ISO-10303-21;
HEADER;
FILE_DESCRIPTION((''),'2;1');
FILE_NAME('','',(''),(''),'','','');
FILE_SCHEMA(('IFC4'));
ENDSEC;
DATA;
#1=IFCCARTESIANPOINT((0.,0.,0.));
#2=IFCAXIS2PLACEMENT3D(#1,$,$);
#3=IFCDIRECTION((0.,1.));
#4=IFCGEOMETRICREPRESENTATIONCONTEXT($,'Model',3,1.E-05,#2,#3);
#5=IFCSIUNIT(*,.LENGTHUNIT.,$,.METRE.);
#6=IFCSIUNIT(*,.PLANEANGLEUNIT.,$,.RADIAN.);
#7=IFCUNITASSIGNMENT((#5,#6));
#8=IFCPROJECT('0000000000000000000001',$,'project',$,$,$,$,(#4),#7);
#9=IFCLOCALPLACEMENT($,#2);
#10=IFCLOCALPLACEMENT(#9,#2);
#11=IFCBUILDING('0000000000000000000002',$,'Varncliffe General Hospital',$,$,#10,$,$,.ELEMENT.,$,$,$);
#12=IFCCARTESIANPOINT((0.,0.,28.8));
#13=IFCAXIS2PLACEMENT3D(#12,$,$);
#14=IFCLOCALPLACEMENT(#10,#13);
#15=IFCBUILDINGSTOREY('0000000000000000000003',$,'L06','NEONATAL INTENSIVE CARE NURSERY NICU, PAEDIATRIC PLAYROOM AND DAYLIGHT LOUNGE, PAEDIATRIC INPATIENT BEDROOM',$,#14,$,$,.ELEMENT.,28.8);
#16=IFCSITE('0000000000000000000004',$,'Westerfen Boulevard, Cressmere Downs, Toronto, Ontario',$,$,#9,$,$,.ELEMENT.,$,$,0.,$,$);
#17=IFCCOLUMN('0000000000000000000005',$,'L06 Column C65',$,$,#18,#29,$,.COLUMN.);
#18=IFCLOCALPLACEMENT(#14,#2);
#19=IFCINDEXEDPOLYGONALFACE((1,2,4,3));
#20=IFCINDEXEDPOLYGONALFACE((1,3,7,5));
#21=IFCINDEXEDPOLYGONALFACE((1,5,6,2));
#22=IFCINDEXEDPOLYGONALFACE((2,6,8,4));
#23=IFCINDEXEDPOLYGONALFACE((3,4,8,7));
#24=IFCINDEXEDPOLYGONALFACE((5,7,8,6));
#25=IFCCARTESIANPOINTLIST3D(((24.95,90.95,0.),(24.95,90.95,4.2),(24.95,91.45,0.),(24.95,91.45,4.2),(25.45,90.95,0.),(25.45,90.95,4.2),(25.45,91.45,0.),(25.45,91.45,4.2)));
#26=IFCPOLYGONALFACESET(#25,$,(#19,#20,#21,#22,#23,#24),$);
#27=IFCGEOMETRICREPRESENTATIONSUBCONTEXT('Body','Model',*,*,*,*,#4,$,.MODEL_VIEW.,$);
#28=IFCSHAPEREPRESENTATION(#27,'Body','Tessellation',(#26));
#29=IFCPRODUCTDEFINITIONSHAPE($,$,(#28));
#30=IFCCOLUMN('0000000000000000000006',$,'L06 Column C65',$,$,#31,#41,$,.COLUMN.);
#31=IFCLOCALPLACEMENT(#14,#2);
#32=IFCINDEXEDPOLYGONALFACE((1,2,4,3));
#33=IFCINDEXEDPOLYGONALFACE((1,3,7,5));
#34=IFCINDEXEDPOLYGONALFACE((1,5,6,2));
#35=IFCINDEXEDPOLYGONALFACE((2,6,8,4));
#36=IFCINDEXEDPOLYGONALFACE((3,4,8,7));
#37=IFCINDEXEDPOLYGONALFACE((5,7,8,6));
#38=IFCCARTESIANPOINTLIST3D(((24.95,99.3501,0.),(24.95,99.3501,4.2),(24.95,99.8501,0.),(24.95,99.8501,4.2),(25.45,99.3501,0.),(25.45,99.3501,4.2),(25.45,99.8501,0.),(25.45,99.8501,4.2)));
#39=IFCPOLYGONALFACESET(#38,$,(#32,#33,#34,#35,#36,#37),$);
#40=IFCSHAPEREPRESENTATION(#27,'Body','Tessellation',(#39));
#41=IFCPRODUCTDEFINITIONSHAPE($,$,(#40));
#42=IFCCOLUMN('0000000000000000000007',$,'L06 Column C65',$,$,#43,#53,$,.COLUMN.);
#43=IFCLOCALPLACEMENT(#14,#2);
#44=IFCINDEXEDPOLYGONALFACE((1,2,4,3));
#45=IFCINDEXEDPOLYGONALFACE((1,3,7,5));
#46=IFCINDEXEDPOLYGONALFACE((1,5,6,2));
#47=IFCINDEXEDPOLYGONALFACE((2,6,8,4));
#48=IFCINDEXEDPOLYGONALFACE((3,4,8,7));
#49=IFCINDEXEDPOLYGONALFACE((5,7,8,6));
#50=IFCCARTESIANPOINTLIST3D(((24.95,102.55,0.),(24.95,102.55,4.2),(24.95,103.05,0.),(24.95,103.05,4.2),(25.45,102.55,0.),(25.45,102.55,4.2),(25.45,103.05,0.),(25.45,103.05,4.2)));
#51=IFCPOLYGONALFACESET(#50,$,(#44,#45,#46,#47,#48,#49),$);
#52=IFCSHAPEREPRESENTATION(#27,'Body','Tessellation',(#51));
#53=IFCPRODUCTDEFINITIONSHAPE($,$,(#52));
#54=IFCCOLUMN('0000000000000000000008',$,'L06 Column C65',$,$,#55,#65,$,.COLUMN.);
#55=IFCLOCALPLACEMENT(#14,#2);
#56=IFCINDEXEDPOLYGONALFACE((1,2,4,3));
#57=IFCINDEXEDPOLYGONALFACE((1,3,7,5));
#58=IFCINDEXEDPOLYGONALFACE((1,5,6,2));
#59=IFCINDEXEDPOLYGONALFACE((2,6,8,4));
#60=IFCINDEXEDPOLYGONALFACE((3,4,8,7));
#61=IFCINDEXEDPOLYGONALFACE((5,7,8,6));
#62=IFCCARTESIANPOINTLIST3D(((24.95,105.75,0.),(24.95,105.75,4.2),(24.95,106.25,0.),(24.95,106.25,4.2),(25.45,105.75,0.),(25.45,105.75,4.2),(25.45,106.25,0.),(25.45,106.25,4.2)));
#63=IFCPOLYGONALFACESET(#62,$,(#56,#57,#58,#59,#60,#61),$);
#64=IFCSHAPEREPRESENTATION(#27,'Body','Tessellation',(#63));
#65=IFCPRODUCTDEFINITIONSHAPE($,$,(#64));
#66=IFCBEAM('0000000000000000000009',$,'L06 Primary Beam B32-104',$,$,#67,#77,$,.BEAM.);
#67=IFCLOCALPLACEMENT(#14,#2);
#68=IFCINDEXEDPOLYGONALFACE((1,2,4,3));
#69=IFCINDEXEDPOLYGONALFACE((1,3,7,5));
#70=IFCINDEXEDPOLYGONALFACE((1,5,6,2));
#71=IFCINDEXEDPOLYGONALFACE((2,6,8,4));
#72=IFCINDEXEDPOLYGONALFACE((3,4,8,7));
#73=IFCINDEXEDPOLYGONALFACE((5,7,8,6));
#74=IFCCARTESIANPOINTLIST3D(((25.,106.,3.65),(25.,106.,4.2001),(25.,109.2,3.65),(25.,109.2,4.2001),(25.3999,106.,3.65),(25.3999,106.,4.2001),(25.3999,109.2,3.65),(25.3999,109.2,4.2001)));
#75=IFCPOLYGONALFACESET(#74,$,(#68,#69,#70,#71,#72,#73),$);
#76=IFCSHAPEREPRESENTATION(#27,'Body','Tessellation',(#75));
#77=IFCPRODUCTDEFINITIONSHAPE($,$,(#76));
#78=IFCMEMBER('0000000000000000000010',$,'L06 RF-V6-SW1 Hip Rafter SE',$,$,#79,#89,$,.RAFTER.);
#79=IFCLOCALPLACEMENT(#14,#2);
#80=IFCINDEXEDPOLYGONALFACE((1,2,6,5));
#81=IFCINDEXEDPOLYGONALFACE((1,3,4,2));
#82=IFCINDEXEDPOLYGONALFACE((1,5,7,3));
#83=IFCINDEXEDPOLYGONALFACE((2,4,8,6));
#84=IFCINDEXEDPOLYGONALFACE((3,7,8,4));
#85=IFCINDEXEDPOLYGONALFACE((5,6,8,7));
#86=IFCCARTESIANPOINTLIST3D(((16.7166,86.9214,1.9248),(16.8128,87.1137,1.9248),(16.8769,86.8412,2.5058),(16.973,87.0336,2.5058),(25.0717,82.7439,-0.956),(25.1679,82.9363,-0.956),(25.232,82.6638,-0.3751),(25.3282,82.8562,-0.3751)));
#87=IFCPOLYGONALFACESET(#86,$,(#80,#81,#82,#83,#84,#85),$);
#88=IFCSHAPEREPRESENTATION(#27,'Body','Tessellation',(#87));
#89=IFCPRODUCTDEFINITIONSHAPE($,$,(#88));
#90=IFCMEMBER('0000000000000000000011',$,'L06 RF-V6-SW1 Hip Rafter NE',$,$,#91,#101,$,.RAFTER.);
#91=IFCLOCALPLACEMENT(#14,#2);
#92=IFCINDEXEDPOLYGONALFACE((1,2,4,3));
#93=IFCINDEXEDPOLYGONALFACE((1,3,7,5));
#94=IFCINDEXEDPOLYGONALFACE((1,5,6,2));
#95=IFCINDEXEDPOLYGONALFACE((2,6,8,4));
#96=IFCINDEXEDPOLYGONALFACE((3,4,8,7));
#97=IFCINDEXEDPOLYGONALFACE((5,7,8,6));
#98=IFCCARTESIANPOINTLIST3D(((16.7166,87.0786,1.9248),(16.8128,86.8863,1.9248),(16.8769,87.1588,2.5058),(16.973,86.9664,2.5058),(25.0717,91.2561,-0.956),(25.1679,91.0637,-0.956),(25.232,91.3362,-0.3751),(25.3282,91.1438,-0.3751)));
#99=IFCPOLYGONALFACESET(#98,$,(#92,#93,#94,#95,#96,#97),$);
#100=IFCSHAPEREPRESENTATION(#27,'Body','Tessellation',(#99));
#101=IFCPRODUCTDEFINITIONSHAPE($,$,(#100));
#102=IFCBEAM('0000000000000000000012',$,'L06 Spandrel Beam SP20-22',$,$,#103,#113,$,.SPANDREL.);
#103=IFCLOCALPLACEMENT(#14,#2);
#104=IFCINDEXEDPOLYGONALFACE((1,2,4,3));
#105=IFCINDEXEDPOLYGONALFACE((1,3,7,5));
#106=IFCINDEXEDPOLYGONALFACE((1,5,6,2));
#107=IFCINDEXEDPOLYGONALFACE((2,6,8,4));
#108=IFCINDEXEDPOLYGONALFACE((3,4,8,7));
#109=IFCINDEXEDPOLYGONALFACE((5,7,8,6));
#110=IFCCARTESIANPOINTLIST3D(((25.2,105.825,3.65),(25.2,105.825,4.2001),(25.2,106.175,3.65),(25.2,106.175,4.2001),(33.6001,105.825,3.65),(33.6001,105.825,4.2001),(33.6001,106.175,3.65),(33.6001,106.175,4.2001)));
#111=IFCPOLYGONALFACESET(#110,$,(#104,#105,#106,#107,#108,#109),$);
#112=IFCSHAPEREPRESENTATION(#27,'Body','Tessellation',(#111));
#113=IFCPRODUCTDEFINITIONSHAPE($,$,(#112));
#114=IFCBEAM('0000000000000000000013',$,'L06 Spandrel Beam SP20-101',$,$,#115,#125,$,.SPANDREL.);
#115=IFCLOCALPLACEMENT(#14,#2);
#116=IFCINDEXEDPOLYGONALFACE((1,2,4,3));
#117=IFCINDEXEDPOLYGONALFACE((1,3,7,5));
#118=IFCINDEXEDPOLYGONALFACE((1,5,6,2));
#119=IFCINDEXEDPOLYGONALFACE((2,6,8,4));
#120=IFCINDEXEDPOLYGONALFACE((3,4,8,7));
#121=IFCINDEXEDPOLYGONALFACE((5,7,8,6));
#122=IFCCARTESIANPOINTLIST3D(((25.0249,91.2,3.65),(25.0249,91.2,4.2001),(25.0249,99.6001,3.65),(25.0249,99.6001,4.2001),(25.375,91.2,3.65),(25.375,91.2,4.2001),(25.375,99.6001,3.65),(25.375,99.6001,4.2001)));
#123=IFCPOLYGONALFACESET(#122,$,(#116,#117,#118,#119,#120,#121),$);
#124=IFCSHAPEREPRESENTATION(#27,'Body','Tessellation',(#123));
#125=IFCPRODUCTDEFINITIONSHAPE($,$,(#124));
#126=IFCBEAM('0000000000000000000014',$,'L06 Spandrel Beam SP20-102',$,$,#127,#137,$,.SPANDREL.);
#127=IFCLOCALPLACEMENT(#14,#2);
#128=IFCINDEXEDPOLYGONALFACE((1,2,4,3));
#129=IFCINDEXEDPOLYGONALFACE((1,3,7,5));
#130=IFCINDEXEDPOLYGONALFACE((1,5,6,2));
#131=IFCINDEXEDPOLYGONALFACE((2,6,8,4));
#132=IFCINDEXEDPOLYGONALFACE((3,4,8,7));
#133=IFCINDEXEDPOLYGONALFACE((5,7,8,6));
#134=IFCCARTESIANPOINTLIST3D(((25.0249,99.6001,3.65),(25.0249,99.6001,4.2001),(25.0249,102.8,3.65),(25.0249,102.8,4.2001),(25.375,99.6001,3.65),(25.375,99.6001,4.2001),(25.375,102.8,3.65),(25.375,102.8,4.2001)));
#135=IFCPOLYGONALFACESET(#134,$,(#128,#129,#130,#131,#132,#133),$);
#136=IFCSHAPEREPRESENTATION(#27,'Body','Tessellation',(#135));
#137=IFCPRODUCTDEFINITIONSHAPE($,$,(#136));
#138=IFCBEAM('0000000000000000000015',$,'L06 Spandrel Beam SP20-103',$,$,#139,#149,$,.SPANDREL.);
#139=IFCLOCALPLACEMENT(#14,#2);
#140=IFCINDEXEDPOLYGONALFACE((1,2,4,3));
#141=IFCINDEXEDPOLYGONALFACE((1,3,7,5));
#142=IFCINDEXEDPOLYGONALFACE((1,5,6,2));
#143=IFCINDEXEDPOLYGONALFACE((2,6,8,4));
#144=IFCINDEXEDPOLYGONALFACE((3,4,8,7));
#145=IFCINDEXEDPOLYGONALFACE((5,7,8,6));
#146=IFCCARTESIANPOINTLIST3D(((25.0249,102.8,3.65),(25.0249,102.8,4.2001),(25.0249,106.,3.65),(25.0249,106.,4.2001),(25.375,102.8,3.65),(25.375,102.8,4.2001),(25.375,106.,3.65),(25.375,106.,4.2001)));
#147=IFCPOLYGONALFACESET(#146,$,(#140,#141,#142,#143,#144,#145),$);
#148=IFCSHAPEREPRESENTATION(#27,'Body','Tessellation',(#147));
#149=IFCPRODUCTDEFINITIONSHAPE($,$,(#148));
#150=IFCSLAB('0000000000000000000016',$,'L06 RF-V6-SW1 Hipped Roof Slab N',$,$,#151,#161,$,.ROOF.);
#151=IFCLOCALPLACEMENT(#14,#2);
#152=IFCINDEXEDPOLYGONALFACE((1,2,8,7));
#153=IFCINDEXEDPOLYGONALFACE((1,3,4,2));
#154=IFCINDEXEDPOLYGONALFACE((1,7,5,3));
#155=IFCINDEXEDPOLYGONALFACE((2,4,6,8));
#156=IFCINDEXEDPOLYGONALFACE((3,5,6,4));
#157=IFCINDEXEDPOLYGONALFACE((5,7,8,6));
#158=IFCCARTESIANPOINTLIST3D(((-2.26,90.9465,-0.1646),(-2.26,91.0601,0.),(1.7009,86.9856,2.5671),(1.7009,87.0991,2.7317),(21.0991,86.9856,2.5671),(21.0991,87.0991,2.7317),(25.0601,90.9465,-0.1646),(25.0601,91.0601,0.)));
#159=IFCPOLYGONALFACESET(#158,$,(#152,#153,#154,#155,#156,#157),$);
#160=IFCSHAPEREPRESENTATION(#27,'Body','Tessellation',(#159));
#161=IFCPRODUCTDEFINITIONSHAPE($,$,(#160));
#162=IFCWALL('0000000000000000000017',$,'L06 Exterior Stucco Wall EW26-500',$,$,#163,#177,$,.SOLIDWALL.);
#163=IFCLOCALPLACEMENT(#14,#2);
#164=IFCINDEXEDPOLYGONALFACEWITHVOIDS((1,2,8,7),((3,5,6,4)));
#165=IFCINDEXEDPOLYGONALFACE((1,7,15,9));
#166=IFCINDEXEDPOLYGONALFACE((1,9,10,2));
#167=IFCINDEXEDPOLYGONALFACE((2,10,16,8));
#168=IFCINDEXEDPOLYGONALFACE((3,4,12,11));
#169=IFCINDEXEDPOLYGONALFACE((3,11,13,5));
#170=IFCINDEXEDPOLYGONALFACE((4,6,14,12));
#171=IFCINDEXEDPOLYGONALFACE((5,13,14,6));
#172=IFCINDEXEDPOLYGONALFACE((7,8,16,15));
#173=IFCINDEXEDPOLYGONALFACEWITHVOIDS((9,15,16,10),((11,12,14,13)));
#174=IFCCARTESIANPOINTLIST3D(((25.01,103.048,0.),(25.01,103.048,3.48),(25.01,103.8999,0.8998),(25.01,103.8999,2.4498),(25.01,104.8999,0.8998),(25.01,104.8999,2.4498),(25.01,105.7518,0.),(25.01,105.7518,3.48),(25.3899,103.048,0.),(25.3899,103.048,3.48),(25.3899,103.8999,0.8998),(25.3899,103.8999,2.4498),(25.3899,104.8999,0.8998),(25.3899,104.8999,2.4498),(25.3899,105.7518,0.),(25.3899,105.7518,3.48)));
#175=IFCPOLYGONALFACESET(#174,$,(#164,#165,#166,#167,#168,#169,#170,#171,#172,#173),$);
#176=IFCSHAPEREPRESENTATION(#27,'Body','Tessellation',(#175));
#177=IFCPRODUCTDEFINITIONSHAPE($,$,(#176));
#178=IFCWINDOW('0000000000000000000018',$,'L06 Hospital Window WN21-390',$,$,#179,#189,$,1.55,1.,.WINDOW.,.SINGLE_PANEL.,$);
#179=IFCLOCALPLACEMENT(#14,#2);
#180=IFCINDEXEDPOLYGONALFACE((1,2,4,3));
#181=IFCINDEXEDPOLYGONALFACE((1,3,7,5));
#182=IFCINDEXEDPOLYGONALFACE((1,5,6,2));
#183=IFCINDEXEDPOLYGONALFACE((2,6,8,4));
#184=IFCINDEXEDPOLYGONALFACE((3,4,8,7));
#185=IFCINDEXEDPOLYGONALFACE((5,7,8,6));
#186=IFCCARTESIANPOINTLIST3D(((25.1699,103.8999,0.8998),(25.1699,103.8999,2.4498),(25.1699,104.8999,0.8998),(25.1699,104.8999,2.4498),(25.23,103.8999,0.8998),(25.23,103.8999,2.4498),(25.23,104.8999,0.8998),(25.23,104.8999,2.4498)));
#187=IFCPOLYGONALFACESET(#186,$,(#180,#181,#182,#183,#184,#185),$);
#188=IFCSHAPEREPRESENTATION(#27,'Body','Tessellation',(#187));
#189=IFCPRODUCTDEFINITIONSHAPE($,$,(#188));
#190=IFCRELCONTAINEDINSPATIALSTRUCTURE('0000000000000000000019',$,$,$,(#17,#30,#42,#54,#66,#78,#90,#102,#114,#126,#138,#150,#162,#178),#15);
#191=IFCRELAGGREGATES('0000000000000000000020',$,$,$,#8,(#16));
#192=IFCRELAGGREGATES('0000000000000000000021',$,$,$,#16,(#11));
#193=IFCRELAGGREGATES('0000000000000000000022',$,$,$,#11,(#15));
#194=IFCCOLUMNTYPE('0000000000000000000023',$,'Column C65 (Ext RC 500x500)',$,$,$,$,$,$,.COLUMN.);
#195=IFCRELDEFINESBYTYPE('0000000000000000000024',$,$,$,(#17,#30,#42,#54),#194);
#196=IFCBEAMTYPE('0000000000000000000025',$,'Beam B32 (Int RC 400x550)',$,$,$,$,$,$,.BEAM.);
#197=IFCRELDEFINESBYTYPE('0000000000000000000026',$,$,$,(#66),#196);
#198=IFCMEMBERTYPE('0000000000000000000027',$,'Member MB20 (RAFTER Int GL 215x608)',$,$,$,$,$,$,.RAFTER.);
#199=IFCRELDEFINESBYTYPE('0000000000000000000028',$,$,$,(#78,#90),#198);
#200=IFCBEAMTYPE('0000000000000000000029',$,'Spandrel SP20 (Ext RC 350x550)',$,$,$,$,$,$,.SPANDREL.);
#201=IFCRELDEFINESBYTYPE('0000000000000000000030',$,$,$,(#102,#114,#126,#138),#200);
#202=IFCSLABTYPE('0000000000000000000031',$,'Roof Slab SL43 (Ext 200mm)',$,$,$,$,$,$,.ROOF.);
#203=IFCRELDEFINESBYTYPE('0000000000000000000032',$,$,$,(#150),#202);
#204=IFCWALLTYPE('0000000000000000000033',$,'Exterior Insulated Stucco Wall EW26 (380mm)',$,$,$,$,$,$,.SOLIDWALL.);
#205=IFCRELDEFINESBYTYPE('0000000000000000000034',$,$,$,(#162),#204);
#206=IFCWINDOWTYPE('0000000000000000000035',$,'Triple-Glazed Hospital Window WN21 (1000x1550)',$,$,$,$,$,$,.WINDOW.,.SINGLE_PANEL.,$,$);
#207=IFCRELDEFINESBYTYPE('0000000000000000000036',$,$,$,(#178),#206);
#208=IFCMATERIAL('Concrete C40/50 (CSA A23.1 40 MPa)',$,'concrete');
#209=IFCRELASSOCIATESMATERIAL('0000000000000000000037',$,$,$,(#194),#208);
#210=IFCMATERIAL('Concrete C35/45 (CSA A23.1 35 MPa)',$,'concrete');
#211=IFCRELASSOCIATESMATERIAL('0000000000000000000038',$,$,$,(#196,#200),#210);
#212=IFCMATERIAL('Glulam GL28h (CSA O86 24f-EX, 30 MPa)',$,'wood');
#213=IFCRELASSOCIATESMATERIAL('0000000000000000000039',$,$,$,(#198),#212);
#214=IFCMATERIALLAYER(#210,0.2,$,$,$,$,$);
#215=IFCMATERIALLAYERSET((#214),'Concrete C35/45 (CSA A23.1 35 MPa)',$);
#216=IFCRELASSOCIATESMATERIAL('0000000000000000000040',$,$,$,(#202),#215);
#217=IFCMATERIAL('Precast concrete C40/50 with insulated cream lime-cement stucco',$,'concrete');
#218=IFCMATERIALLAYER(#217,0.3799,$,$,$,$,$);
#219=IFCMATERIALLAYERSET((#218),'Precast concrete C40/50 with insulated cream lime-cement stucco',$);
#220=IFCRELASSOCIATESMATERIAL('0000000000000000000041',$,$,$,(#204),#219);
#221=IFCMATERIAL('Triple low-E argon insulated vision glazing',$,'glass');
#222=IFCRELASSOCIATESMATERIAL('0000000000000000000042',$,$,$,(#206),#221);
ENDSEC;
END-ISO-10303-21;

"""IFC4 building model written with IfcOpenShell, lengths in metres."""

from ifc_helpers import new_model, si_unit, direction, frame, frame_2d, origin, origin_2d, place, context, subcontext, project, spatial, polyline, rectangle, outline, extrude, material, layer, layer_set, material_profile, profile_set, type_object, element, fill, save


model = new_model("IFC4")

# Units and contexts
model_context = context("Model", 3, precision=1e-05, world=origin(), true_north=direction((0.0, 1.0)))
body_context = subcontext(model_context, "Body", "Model", "MODEL_VIEW")
ifc_project = project(units=[si_unit("LENGTHUNIT", "METRE"), si_unit("PLANEANGLEUNIT", "RADIAN")], contexts=[model_context])

# Site, building, storey
site_placement = place(None, origin())
site = spatial("IfcSite", under=ifc_project, at=site_placement, Name="Westerfen Boulevard, Cressmere Downs, Toronto, Ontario", CompositionType="ELEMENT", RefElevation=0.0)
building_placement = place(site_placement, origin())
building = spatial("IfcBuilding", under=site, at=building_placement, Name="Varncliffe General Hospital", CompositionType="ELEMENT")
storey_placement = place(building_placement, frame((0.0, 0.0, 28.8)))
storey = spatial("IfcBuildingStorey", under=building, at=storey_placement, Name="L06", Description="NEONATAL INTENSIVE CARE NURSERY NICU, PAEDIATRIC PLAYROOM AND DAYLIGHT LOUNGE, PAEDIATRIC INPATIENT BEDROOM", CompositionType="ELEMENT", Elevation=28.8)

# Columns
ifc_material_1 = material(Name="Concrete C40/50 (CSA A23.1 40 MPa)", Category="concrete")
ifc_material_profile_1 = material_profile(ifc_material_1, rectangle(XDim=0.5, YDim=0.5, at=origin_2d()), Name="RC 500x500")
ifc_profile_set_1 = profile_set([ifc_material_profile_1], Name="Concrete C40/50 (CSA A23.1 40 MPa)")
column_type = type_object("IfcColumnType", Name="Column C65 (Ext RC 500x500)", PredefinedType="COLUMN", material=ifc_profile_set_1)
for number, where, z_axis, x_axis, name in (
    (1, (25.2, 91.2, 0.0), (0.0, 0.0, 1.0), (1.0, 0.0, 0.0), "L06 Column C65"),
    (2, (25.2, 99.6001, 0.0), (0.0, 0.0, 1.0), (1.0, 0.0, 0.0), "L06 Column C65"),
    (3, (25.2, 102.8, 0.0), (0.0, 0.0, 1.0), (1.0, 0.0, 0.0), "L06 Column C65"),
    (4, (25.2, 106.0, 0.0), (0.0, 0.0, 1.0), (1.0, 0.0, 0.0), "L06 Column C65"),
):
    element("IfcColumn", number, at=place(storey_placement, frame(where, z_axis=z_axis, x_axis=x_axis)), inside=storey, type_object=column_type, Name=name, PredefinedType="COLUMN", context=body_context, shape_type="SweptSolid", body=[
        extrude(rectangle(XDim=0.5, YDim=0.5, at=origin_2d()), origin(), (0.0, 0.0, 1.0), 4.2),
    ])

# Beam
ifc_material_2 = material(Name="Concrete C35/45 (CSA A23.1 35 MPa)", Category="concrete")
ifc_material_profile_2 = material_profile(ifc_material_2, rectangle(XDim=0.3999, YDim=0.55, at=origin_2d()), Name="RC 400x550")
ifc_profile_set_2 = profile_set([ifc_material_profile_2], Name="Concrete C35/45 (CSA A23.1 35 MPa)")
beam_type_1 = type_object("IfcBeamType", Name="Beam B32 (Int RC 400x550)", PredefinedType="BEAM", material=ifc_profile_set_2)
beam_placement = place(storey_placement, frame((25.2, 106.0, 3.925), z_axis=(0.0, 1.0, 0.0), x_axis=(-1.0, 0.0, 0.0)))
element("IfcBeam", 5, at=beam_placement, inside=storey, type_object=beam_type_1, Name="L06 Primary Beam B32-104", PredefinedType="BEAM", context=body_context, shape_type="SweptSolid", body=[
    extrude(rectangle(XDim=0.3999, YDim=0.55, at=origin_2d()), origin(), (0.0, 0.0, 1.0), 3.2),
])

# Members
ifc_material_3 = material(Name="Glulam GL28h (CSA O86 24f-EX, 30 MPa)", Category="wood")
ifc_material_profile_3 = material_profile(ifc_material_3, rectangle(XDim=0.2151, YDim=0.6079, at=origin_2d()), Name="GL 215x608")
ifc_profile_set_3 = profile_set([ifc_material_profile_3], Name="Glulam GL28h (CSA O86 24f-EX, 30 MPa)")
member_type = type_object("IfcMemberType", Name="Member MB20 (RAFTER Int GL 215x608)", PredefinedType="RAFTER", material=ifc_profile_set_3)
for number, where, z_axis, x_axis, name in (
    (6, (25.2, 82.8, -0.6655), (-0.85471, 0.427343, 0.294702), (-0.447203, -0.894432, 0.0), "L06 RF-V6-SW1 Hip Rafter SE"),
    (7, (25.2, 91.2, -0.6655), (-0.85471, -0.427343, 0.294702), (0.447203, -0.894432, 0.0), "L06 RF-V6-SW1 Hip Rafter NE"),
):
    element("IfcMember", number, at=place(storey_placement, frame(where, z_axis=z_axis, x_axis=x_axis)), inside=storey, type_object=member_type, Name=name, PredefinedType="RAFTER", context=body_context, shape_type="SweptSolid", body=[
        extrude(rectangle(XDim=0.2151, YDim=0.6079, at=origin_2d()), origin(), (0.0, 0.0, 1.0), 9.7754),
    ])

# Beams
ifc_material_profile_4 = material_profile(ifc_material_2, rectangle(XDim=0.3501, YDim=0.55, at=origin_2d()), Name="RC 350x550")
ifc_profile_set_4 = profile_set([ifc_material_profile_4], Name="Concrete C35/45 (CSA A23.1 35 MPa)")
beam_type_2 = type_object("IfcBeamType", Name="Spandrel SP20 (Ext RC 350x550)", PredefinedType="SPANDREL", material=ifc_profile_set_4)
for number, where, z_axis, x_axis, name in (
    (8, (25.2, 106.0, 3.925), (1.0, 0.0, 0.0), (0.0, 1.0, 0.0), "L06 Spandrel Beam SP20-22"),
    (9, (25.2, 91.2, 3.925), (0.0, 1.0, 0.0), (-1.0, 0.0, 0.0), "L06 Spandrel Beam SP20-101"),
):
    element("IfcBeam", number, at=place(storey_placement, frame(where, z_axis=z_axis, x_axis=x_axis)), inside=storey, type_object=beam_type_2, Name=name, PredefinedType="SPANDREL", context=body_context, shape_type="SweptSolid", body=[
        extrude(rectangle(XDim=0.3501, YDim=0.55, at=origin_2d()), origin(), (0.0, 0.0, 1.0), 8.4001),
    ])
for number, where, z_axis, x_axis, name in (
    (10, (25.2, 99.6001, 3.925), (0.0, 1.0, 0.0), (-1.0, 0.0, 0.0), "L06 Spandrel Beam SP20-102"),
    (11, (25.2, 102.8, 3.925), (0.0, 1.0, 0.0), (-1.0, 0.0, 0.0), "L06 Spandrel Beam SP20-103"),
):
    element("IfcBeam", number, at=place(storey_placement, frame(where, z_axis=z_axis, x_axis=x_axis)), inside=storey, type_object=beam_type_2, Name=name, PredefinedType="SPANDREL", context=body_context, shape_type="SweptSolid", body=[
        extrude(rectangle(XDim=0.3501, YDim=0.55, at=origin_2d()), origin(), (0.0, 0.0, 1.0), 3.2),
    ])

# Slab
ifc_layer_1 = layer(ifc_material_2, 0.2)
ifc_layer_set_1 = layer_set([ifc_layer_1], Name="Concrete C35/45 (CSA A23.1 35 MPa)")
slab_type = type_object("IfcSlabType", Name="Roof Slab SL43 (Ext 200mm)", PredefinedType="ROOF", material=ifc_layer_set_1)
slab_placement = place(storey_placement, frame((25.0601, 91.0601, 0.0), z_axis=(0.0, 0.567734, 0.823212), x_axis=(-1.0, 0.0, 0.0)))
element("IfcSlab", 12, at=slab_placement, inside=storey, type_object=slab_type, Name="L06 RF-V6-SW1 Hipped Roof Slab N", PredefinedType="ROOF", context=body_context, shape_type="SweptSolid", body=[
    extrude(outline(polyline([(0.0, 0.0), (27.3201, 0.0), (23.3591, 4.8116), (3.9609, 4.8116), (0.0, 0.0)])), origin(), (0.0, 0.0, -1.0), 0.2),
])

# Wall, opening, window
ifc_material_4 = material(Name="Precast concrete C40/50 with insulated cream lime-cement stucco", Category="concrete")
ifc_layer_2 = layer(ifc_material_4, 0.3799)
ifc_layer_set_2 = layer_set([ifc_layer_2], Name="Precast concrete C40/50 with insulated cream lime-cement stucco")
wall_type_1 = type_object("IfcWallType", Name="Exterior Insulated Stucco Wall EW26 (380mm)", PredefinedType="SOLIDWALL", material=ifc_layer_set_2)
wall_1_placement = place(storey_placement, frame((25.2, 105.752, 0.0), z_axis=(0.0, 0.0, 1.0), x_axis=(0.0, -1.0, 0.0)))
wall_1 = element("IfcWall", 13, at=wall_1_placement, inside=storey, type_object=wall_type_1, Name="L06 Exterior Stucco Wall EW26-500", PredefinedType="SOLIDWALL", context=body_context, shape_type="SweptSolid", body=[
    extrude(rectangle(XDim=2.7039, YDim=0.3799, at=frame_2d((1.3521, 0.0))), origin(), (0.0, 0.0, 1.0), 3.48),
])
opening_1_placement = place(wall_1_placement, frame((0.8521, 0.0, 0.8999)))
opening_1 = element("IfcOpeningElement", 14, at=opening_1_placement, cuts=wall_1, PredefinedType="OPENING", context=body_context, shape_type="SweptSolid", body=[
    extrude(rectangle(XDim=1.0, YDim=1.55, at=frame_2d((0.5, 0.7749))), frame((0.0, 0.2, 0.0), z_axis=(0.0, -1.0, 0.0), x_axis=(1.0, 0.0, 0.0)), (0.0, 0.0, 1.0), 0.3999),
])
ifc_material_5 = material(Name="Triple low-E argon insulated vision glazing", Category="glass")
window_type_1 = type_object("IfcWindowType", Name="Triple-Glazed Hospital Window WN21 (1000x1550)", PartitioningType="SINGLE_PANEL", PredefinedType="WINDOW", material=ifc_material_5)
window_1_placement = place(opening_1_placement, origin())
window_1 = element("IfcWindow", 15, at=window_1_placement, inside=storey, type_object=window_type_1, Name="L06 Hospital Window WN21-390", OverallHeight=1.55, OverallWidth=1.0, PartitioningType="SINGLE_PANEL", PredefinedType="WINDOW", context=body_context, shape_type="SweptSolid", body=[
    extrude(rectangle(XDim=1.0, YDim=1.55, at=frame_2d((0.5, 0.7749))), frame((0.0, 0.03, 0.0), z_axis=(0.0, -1.0, 0.0), x_axis=(1.0, 0.0, 0.0)), (0.0, 0.0, 1.0), 0.0601),
])
fill(opening_1, window_1)

save(model, "model.ifc")
